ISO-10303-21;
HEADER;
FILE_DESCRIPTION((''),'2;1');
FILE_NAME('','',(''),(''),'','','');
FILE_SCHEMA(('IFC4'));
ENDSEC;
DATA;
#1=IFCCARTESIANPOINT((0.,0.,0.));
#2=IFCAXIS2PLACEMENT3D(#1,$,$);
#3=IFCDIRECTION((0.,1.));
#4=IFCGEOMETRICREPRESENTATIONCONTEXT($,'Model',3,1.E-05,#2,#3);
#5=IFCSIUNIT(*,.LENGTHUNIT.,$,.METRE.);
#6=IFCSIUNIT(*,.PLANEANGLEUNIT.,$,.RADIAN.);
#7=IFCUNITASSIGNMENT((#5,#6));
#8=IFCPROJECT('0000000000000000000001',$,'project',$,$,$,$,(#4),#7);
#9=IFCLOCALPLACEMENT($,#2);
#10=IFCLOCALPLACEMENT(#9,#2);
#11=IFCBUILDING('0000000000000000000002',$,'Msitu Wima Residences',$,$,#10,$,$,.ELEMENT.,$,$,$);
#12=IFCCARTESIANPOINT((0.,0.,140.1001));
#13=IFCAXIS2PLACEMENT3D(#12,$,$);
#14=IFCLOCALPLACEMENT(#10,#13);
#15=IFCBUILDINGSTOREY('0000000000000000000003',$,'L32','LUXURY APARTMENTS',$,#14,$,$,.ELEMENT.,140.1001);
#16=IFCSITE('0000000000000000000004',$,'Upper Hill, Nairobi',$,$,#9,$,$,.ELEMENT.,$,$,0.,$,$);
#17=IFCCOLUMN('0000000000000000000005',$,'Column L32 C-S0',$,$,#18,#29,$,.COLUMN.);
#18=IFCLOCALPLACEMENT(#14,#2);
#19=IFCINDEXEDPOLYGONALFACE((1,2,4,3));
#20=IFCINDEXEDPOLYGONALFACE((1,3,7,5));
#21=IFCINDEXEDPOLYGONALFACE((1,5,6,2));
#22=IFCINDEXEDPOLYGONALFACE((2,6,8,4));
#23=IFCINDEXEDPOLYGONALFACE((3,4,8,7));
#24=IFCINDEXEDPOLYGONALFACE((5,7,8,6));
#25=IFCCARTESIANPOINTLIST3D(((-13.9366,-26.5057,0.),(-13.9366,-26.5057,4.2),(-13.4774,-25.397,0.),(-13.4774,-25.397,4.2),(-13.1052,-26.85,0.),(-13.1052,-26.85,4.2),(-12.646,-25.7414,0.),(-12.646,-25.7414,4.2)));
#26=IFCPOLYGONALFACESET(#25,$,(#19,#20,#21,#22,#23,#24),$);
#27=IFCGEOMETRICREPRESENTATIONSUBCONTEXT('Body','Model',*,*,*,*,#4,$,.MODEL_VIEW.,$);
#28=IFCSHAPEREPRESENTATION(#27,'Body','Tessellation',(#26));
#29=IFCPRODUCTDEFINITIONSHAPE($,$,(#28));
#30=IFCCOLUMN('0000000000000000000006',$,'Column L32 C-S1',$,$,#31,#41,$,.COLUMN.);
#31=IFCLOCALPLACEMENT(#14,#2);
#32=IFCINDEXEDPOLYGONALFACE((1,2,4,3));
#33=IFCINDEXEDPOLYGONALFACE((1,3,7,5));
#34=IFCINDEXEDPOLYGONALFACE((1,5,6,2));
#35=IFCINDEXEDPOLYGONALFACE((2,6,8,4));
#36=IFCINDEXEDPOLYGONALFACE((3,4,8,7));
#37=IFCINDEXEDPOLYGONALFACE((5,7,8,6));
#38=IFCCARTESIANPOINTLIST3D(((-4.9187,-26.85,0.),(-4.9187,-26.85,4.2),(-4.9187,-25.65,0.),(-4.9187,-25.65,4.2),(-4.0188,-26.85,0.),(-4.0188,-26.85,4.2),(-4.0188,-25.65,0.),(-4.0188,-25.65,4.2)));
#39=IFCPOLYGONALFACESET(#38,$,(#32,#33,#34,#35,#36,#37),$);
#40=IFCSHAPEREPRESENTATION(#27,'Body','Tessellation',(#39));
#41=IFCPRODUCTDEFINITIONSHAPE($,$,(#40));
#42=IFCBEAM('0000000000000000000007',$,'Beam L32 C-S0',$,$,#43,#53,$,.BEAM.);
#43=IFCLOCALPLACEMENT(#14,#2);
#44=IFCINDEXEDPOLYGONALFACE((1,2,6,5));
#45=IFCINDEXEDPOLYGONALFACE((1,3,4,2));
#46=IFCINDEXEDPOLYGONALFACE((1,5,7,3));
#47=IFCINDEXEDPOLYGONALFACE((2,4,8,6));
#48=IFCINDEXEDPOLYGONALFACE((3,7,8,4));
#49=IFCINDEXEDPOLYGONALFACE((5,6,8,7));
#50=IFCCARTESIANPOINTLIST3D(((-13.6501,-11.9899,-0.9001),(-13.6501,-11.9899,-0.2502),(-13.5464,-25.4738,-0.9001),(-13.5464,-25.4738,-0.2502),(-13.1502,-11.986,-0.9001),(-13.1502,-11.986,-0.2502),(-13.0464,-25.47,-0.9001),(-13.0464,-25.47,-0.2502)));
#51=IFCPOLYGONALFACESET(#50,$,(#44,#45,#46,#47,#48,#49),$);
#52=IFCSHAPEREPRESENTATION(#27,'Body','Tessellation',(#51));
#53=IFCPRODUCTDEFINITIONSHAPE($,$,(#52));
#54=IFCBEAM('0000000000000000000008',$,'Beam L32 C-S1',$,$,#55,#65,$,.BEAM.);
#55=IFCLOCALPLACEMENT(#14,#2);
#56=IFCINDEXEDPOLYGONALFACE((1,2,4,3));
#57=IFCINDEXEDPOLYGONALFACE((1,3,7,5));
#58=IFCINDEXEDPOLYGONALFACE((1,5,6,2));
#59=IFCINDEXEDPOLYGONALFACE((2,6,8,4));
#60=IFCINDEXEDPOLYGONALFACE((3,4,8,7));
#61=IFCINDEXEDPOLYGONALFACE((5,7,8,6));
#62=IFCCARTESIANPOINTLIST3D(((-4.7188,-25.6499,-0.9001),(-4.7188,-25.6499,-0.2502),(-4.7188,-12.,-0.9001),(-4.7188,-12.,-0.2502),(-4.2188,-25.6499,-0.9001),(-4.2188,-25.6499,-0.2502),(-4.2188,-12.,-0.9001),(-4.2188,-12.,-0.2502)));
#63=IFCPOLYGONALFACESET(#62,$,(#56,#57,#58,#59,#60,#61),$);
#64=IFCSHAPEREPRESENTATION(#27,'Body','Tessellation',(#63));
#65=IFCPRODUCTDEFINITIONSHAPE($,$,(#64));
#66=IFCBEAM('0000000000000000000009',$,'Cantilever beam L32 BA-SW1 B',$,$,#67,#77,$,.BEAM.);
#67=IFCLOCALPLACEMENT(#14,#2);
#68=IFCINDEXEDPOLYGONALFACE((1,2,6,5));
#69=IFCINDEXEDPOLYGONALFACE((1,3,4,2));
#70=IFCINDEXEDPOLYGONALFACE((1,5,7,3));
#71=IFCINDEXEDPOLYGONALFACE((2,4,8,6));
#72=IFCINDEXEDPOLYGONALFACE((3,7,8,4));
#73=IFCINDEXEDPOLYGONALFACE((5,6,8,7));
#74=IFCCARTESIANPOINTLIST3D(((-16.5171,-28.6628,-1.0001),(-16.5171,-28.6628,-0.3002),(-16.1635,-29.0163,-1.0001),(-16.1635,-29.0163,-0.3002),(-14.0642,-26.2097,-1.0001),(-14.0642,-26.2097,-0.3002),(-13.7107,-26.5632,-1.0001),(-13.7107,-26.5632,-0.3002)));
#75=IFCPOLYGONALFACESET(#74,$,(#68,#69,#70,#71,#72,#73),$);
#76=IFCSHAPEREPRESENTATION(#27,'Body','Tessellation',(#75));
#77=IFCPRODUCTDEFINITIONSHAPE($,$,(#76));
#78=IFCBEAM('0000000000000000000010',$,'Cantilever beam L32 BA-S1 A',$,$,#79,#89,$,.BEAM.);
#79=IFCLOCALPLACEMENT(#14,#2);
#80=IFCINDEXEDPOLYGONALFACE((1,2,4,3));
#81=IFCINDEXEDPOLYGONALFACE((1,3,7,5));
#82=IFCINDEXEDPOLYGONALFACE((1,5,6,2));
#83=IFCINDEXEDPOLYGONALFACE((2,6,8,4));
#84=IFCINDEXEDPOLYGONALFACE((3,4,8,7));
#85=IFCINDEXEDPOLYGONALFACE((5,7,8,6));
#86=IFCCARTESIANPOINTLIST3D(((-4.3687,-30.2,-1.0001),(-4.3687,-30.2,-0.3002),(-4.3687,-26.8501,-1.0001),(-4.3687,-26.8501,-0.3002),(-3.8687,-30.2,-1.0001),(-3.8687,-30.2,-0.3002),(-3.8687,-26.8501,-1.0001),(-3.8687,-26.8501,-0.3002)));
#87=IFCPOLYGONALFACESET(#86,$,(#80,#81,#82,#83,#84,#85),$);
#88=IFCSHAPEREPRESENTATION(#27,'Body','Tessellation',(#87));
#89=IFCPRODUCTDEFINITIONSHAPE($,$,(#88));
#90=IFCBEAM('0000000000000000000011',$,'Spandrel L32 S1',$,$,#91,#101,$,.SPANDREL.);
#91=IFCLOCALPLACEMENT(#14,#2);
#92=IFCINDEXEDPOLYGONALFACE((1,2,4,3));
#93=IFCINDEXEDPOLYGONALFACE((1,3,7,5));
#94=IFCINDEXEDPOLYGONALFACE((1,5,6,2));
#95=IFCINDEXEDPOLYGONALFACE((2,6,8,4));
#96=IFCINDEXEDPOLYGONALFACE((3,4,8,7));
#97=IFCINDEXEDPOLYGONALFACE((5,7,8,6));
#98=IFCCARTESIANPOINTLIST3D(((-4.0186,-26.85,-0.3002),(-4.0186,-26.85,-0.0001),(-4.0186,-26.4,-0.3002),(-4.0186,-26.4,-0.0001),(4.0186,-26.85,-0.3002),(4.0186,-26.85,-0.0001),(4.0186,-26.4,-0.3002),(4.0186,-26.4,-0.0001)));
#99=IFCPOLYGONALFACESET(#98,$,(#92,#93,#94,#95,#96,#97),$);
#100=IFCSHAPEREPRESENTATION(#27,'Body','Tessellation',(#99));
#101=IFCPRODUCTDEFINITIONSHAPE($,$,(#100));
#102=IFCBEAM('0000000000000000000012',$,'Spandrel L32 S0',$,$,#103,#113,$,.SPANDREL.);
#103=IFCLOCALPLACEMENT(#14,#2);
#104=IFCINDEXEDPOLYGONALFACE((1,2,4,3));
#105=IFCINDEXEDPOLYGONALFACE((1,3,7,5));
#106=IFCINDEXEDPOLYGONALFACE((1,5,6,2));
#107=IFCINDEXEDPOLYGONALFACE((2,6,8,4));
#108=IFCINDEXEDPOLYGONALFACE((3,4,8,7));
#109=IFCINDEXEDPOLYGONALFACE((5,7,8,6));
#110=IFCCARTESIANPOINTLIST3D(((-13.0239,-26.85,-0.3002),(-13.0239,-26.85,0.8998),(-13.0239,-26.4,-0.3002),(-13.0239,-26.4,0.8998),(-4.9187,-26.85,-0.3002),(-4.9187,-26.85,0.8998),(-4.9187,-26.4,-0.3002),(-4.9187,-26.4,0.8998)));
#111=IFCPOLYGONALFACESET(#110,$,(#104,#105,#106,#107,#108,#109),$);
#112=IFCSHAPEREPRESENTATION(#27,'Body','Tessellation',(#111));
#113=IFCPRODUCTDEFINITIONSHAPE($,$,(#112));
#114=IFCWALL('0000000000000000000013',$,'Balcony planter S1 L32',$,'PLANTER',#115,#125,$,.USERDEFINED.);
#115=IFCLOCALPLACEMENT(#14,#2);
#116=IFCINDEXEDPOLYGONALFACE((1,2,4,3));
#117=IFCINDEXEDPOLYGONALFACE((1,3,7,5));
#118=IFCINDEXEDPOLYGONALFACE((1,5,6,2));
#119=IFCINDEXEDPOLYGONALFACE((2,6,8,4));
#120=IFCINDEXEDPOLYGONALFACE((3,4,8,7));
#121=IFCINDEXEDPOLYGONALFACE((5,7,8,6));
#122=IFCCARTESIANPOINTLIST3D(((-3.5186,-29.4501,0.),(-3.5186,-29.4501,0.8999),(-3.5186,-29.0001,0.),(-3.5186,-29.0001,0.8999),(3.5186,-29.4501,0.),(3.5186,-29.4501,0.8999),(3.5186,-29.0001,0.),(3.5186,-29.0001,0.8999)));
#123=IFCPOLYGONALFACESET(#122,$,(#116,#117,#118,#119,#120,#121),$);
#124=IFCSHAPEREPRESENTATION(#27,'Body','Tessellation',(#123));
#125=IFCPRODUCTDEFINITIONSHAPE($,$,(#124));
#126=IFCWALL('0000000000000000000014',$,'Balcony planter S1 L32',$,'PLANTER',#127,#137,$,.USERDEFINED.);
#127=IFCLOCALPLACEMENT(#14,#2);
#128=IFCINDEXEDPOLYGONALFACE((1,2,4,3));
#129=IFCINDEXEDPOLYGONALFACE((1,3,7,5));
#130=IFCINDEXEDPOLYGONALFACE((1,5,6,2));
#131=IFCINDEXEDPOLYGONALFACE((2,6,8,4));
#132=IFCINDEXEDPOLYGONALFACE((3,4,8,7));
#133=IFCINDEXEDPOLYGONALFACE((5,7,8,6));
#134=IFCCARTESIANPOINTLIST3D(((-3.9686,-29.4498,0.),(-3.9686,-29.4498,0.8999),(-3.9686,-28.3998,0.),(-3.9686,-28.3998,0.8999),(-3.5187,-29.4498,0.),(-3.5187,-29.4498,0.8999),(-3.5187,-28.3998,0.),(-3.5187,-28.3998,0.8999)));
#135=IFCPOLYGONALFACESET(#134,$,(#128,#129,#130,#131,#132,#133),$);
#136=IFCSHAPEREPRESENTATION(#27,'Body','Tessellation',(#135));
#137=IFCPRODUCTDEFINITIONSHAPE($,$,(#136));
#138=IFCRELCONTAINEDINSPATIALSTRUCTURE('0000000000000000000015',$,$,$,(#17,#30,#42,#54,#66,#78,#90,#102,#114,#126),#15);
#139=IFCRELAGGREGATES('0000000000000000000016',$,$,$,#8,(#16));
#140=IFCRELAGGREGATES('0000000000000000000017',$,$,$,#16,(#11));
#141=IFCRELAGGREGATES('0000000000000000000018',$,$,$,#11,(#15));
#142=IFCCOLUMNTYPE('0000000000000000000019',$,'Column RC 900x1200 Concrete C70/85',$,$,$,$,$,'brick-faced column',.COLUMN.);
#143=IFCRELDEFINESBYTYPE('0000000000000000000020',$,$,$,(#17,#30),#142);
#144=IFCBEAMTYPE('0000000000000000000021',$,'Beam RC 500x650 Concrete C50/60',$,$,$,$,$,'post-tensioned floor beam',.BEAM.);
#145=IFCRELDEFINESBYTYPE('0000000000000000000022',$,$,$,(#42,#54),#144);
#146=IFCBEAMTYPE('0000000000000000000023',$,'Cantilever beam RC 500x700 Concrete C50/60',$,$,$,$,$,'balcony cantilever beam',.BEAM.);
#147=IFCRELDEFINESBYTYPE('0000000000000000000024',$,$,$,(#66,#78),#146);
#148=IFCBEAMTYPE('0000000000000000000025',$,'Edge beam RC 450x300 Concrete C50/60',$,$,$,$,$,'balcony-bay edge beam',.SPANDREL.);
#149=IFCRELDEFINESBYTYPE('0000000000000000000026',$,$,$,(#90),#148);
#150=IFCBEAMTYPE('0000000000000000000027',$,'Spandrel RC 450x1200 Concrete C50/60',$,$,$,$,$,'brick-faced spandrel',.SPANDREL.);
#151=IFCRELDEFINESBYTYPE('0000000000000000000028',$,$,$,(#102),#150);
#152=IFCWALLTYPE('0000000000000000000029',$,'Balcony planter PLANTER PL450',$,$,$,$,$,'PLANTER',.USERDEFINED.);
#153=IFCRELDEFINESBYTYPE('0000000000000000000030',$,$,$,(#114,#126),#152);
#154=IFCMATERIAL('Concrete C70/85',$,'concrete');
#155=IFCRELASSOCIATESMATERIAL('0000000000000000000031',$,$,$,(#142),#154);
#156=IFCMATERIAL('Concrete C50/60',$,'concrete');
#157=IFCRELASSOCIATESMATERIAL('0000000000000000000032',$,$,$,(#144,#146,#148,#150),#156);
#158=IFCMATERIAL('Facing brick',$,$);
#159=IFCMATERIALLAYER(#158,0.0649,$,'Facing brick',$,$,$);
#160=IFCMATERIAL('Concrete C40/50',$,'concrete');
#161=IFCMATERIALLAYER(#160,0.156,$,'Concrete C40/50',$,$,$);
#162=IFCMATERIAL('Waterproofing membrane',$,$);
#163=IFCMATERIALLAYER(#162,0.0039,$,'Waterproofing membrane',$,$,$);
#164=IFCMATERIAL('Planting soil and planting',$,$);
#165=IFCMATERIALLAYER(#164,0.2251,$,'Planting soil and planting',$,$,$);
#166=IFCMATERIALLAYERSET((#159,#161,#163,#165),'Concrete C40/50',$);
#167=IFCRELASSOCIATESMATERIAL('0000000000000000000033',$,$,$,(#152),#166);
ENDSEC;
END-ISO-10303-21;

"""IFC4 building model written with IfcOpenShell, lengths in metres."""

from ifc_helpers import new_model, si_unit, direction, frame, frame_2d, origin, origin_2d, place, context, subcontext, project, spatial, rectangle, extrude, material, layer, layer_set, material_profile, profile_set, type_object, element, save


model = new_model("IFC4")

# Units and contexts
model_context = context("Model", 3, precision=1e-05, world=origin(), true_north=direction((0.0, 1.0)))
body_context = subcontext(model_context, "Body", "Model", "MODEL_VIEW")
ifc_project = project(units=[si_unit("LENGTHUNIT", "METRE"), si_unit("PLANEANGLEUNIT", "RADIAN")], contexts=[model_context])

# Site, building, storey
site_placement = place(None, origin())
site = spatial("IfcSite", under=ifc_project, at=site_placement, Name="Upper Hill, Nairobi", CompositionType="ELEMENT", RefElevation=0.0)
building_placement = place(site_placement, origin())
building = spatial("IfcBuilding", under=site, at=building_placement, Name="Msitu Wima Residences", CompositionType="ELEMENT")
storey_placement = place(building_placement, frame((0.0, 0.0, 140.1001)))
storey = spatial("IfcBuildingStorey", under=building, at=storey_placement, Name="L32", Description="LUXURY APARTMENTS", CompositionType="ELEMENT", Elevation=140.1001)

# Columns
ifc_material_1 = material(Name="Concrete C70/85", Category="concrete")
ifc_material_profile_1 = material_profile(ifc_material_1, rectangle(XDim=0.8999, YDim=1.2, at=origin_2d()), Name="RC 900x1200")
ifc_profile_set_1 = profile_set([ifc_material_profile_1], Name="Concrete C70/85")
column_type = type_object("IfcColumnType", Name="Column RC 900x1200 Concrete C70/85", ElementType="brick-faced column", PredefinedType="COLUMN", material=ifc_profile_set_1)
for number, where, z_axis, x_axis, name in (
    (1, (-13.2913, -26.1235, 0.0), (0.0, 0.0, 1.0), (0.92388, -0.382683, 0.0), "Column L32 C-S0"),
    (2, (-4.4688, -26.25, 0.0), (0.0, 0.0, 1.0), (1.0, 0.0, 0.0), "Column L32 C-S1"),
):
    element("IfcColumn", number, at=place(storey_placement, frame(where, z_axis=z_axis, x_axis=x_axis)), inside=storey, type_object=column_type, Name=name, PredefinedType="COLUMN", context=body_context, shape_type="SweptSolid", body=[
        extrude(rectangle(XDim=0.8999, YDim=1.2, at=origin_2d()), origin(), (0.0, 0.0, 1.0), 4.2),
    ])

# Beams
ifc_material_2 = material(Name="Concrete C50/60", Category="concrete")
ifc_material_profile_2 = material_profile(ifc_material_2, rectangle(XDim=0.5, YDim=0.6499, at=origin_2d()), Name="RC 500x650")
ifc_profile_set_2 = profile_set([ifc_material_profile_2], Name="Concrete C50/60")
beam_type_1 = type_object("IfcBeamType", Name="Beam RC 500x650 Concrete C50/60", ElementType="post-tensioned floor beam", PredefinedType="BEAM", material=ifc_profile_set_2)
beam_1_placement = place(storey_placement, frame((-13.2964, -25.4719, -0.5752), z_axis=(-0.007695, 0.99997, 0.0), x_axis=(-0.99997, -0.007695, 0.0)))
element("IfcBeam", 3, at=beam_1_placement, inside=storey, type_object=beam_type_1, Name="Beam L32 C-S0", PredefinedType="BEAM", context=body_context, shape_type="SweptSolid", body=[
    extrude(rectangle(XDim=0.5, YDim=0.6499, at=origin_2d()), origin(), (0.0, 0.0, 1.0), 13.4844),
])
beam_2_placement = place(storey_placement, frame((-4.4688, -25.6499, -0.5752), z_axis=(0.0, 1.0, 0.0), x_axis=(-1.0, 0.0, 0.0)))
element("IfcBeam", 4, at=beam_2_placement, inside=storey, type_object=beam_type_1, Name="Beam L32 C-S1", PredefinedType="BEAM", context=body_context, shape_type="SweptSolid", body=[
    extrude(rectangle(XDim=0.5, YDim=0.6499, at=origin_2d()), origin(), (0.0, 0.0, 1.0), 13.6499),
])
ifc_material_profile_3 = material_profile(ifc_material_2, rectangle(XDim=0.5, YDim=0.7, at=origin_2d()), Name="RC 500x700")
ifc_profile_set_3 = profile_set([ifc_material_profile_3], Name="Concrete C50/60")
beam_type_2 = type_object("IfcBeamType", Name="Cantilever beam RC 500x700 Concrete C50/60", ElementType="balcony cantilever beam", PredefinedType="BEAM", material=ifc_profile_set_3)
beam_3_placement = place(storey_placement, frame((-13.8875, -26.3865, -0.6501), z_axis=(-0.707072, -0.707142, 0.0), x_axis=(0.707142, -0.707072, 0.0)))
element("IfcBeam", 5, at=beam_3_placement, inside=storey, type_object=beam_type_2, Name="Cantilever beam L32 BA-SW1 B", PredefinedType="BEAM", context=body_context, shape_type="SweptSolid", body=[
    extrude(rectangle(XDim=0.5, YDim=0.7, at=origin_2d()), origin(), (0.0, 0.0, 1.0), 3.469),
])
beam_4_placement = place(storey_placement, frame((-4.1187, -26.8501, -0.6501), z_axis=(0.0, -1.0, 0.0), x_axis=(1.0, 0.0, 0.0)))
element("IfcBeam", 6, at=beam_4_placement, inside=storey, type_object=beam_type_2, Name="Cantilever beam L32 BA-S1 A", PredefinedType="BEAM", context=body_context, shape_type="SweptSolid", body=[
    extrude(rectangle(XDim=0.5, YDim=0.7, at=origin_2d()), origin(), (0.0, 0.0, 1.0), 3.3499),
])
ifc_material_profile_4 = material_profile(ifc_material_2, rectangle(XDim=0.45, YDim=0.3, at=origin_2d()), Name="RC 450x300")
ifc_profile_set_4 = profile_set([ifc_material_profile_4], Name="Concrete C50/60")
beam_type_3 = type_object("IfcBeamType", Name="Edge beam RC 450x300 Concrete C50/60", ElementType="balcony-bay edge beam", PredefinedType="SPANDREL", material=ifc_profile_set_4)
beam_5_placement = place(storey_placement, frame((-4.0186, -26.625, -0.1501), z_axis=(1.0, 0.0, 0.0), x_axis=(0.0, 1.0, 0.0)))
element("IfcBeam", 7, at=beam_5_placement, inside=storey, type_object=beam_type_3, Name="Spandrel L32 S1", PredefinedType="SPANDREL", context=body_context, shape_type="SweptSolid", body=[
    extrude(rectangle(XDim=0.45, YDim=0.3, at=origin_2d()), origin(), (0.0, 0.0, 1.0), 8.0371),
])
ifc_material_profile_5 = material_profile(ifc_material_2, rectangle(XDim=0.45, YDim=1.2, at=origin_2d()), Name="RC 450x1200")
ifc_profile_set_5 = profile_set([ifc_material_profile_5], Name="Concrete C50/60")
beam_type_4 = type_object("IfcBeamType", Name="Spandrel RC 450x1200 Concrete C50/60", ElementType="brick-faced spandrel", PredefinedType="SPANDREL", material=ifc_profile_set_5)
beam_6_placement = place(storey_placement, frame((-13.0239, -26.625, 0.2998), z_axis=(1.0, 0.0, 0.0), x_axis=(0.0, 1.0, 0.0)))
element("IfcBeam", 8, at=beam_6_placement, inside=storey, type_object=beam_type_4, Name="Spandrel L32 S0", PredefinedType="SPANDREL", context=body_context, shape_type="SweptSolid", body=[
    extrude(rectangle(XDim=0.45, YDim=1.2, at=origin_2d()), origin(), (0.0, 0.0, 1.0), 8.1052),
])

# Walls
ifc_material_3 = material(Name="Facing brick")
ifc_layer_1 = layer(ifc_material_3, 0.0649, Name="Facing brick")
ifc_material_4 = material(Name="Concrete C40/50", Category="concrete")
ifc_layer_2 = layer(ifc_material_4, 0.156, Name="Concrete C40/50")
ifc_material_5 = material(Name="Waterproofing membrane")
ifc_layer_3 = layer(ifc_material_5, 0.0039, Name="Waterproofing membrane")
ifc_material_6 = material(Name="Planting soil and planting")
ifc_layer_4 = layer(ifc_material_6, 0.2251, Name="Planting soil and planting")
ifc_layer_set_1 = layer_set([ifc_layer_1, ifc_layer_2, ifc_layer_3, ifc_layer_4], Name="Concrete C40/50")
wall_type_1 = type_object("IfcWallType", Name="Balcony planter PLANTER PL450", ElementType="PLANTER", PredefinedType="USERDEFINED", material=ifc_layer_set_1)
wall_1_placement = place(storey_placement, frame((-3.5186, -29.2251, 0.0), z_axis=(0.0, 0.0, 1.0), x_axis=(1.0, 0.0, 0.0)))
element("IfcWall", 9, at=wall_1_placement, inside=storey, type_object=wall_type_1, Name="Balcony planter S1 L32", ObjectType="PLANTER", PredefinedType="USERDEFINED", context=body_context, shape_type="SweptSolid", body=[
    extrude(rectangle(XDim=7.0371, YDim=0.45, at=frame_2d((3.5186, 0.0))), origin(), (0.0, 0.0, 1.0), 0.8999),
])
wall_2_placement = place(storey_placement, frame((-3.7437, -28.3999, 0.0), z_axis=(0.0, 0.0, 1.0), x_axis=(0.0, -1.0, 0.0)))
element("IfcWall", 10, at=wall_2_placement, inside=storey, type_object=wall_type_1, Name="Balcony planter S1 L32", ObjectType="PLANTER", PredefinedType="USERDEFINED", context=body_context, shape_type="SweptSolid", body=[
    extrude(rectangle(XDim=1.05, YDim=0.45, at=frame_2d((0.5249, 0.0))), origin(), (0.0, 0.0, 1.0), 0.8999),
])

save(model, "model.ifc")
